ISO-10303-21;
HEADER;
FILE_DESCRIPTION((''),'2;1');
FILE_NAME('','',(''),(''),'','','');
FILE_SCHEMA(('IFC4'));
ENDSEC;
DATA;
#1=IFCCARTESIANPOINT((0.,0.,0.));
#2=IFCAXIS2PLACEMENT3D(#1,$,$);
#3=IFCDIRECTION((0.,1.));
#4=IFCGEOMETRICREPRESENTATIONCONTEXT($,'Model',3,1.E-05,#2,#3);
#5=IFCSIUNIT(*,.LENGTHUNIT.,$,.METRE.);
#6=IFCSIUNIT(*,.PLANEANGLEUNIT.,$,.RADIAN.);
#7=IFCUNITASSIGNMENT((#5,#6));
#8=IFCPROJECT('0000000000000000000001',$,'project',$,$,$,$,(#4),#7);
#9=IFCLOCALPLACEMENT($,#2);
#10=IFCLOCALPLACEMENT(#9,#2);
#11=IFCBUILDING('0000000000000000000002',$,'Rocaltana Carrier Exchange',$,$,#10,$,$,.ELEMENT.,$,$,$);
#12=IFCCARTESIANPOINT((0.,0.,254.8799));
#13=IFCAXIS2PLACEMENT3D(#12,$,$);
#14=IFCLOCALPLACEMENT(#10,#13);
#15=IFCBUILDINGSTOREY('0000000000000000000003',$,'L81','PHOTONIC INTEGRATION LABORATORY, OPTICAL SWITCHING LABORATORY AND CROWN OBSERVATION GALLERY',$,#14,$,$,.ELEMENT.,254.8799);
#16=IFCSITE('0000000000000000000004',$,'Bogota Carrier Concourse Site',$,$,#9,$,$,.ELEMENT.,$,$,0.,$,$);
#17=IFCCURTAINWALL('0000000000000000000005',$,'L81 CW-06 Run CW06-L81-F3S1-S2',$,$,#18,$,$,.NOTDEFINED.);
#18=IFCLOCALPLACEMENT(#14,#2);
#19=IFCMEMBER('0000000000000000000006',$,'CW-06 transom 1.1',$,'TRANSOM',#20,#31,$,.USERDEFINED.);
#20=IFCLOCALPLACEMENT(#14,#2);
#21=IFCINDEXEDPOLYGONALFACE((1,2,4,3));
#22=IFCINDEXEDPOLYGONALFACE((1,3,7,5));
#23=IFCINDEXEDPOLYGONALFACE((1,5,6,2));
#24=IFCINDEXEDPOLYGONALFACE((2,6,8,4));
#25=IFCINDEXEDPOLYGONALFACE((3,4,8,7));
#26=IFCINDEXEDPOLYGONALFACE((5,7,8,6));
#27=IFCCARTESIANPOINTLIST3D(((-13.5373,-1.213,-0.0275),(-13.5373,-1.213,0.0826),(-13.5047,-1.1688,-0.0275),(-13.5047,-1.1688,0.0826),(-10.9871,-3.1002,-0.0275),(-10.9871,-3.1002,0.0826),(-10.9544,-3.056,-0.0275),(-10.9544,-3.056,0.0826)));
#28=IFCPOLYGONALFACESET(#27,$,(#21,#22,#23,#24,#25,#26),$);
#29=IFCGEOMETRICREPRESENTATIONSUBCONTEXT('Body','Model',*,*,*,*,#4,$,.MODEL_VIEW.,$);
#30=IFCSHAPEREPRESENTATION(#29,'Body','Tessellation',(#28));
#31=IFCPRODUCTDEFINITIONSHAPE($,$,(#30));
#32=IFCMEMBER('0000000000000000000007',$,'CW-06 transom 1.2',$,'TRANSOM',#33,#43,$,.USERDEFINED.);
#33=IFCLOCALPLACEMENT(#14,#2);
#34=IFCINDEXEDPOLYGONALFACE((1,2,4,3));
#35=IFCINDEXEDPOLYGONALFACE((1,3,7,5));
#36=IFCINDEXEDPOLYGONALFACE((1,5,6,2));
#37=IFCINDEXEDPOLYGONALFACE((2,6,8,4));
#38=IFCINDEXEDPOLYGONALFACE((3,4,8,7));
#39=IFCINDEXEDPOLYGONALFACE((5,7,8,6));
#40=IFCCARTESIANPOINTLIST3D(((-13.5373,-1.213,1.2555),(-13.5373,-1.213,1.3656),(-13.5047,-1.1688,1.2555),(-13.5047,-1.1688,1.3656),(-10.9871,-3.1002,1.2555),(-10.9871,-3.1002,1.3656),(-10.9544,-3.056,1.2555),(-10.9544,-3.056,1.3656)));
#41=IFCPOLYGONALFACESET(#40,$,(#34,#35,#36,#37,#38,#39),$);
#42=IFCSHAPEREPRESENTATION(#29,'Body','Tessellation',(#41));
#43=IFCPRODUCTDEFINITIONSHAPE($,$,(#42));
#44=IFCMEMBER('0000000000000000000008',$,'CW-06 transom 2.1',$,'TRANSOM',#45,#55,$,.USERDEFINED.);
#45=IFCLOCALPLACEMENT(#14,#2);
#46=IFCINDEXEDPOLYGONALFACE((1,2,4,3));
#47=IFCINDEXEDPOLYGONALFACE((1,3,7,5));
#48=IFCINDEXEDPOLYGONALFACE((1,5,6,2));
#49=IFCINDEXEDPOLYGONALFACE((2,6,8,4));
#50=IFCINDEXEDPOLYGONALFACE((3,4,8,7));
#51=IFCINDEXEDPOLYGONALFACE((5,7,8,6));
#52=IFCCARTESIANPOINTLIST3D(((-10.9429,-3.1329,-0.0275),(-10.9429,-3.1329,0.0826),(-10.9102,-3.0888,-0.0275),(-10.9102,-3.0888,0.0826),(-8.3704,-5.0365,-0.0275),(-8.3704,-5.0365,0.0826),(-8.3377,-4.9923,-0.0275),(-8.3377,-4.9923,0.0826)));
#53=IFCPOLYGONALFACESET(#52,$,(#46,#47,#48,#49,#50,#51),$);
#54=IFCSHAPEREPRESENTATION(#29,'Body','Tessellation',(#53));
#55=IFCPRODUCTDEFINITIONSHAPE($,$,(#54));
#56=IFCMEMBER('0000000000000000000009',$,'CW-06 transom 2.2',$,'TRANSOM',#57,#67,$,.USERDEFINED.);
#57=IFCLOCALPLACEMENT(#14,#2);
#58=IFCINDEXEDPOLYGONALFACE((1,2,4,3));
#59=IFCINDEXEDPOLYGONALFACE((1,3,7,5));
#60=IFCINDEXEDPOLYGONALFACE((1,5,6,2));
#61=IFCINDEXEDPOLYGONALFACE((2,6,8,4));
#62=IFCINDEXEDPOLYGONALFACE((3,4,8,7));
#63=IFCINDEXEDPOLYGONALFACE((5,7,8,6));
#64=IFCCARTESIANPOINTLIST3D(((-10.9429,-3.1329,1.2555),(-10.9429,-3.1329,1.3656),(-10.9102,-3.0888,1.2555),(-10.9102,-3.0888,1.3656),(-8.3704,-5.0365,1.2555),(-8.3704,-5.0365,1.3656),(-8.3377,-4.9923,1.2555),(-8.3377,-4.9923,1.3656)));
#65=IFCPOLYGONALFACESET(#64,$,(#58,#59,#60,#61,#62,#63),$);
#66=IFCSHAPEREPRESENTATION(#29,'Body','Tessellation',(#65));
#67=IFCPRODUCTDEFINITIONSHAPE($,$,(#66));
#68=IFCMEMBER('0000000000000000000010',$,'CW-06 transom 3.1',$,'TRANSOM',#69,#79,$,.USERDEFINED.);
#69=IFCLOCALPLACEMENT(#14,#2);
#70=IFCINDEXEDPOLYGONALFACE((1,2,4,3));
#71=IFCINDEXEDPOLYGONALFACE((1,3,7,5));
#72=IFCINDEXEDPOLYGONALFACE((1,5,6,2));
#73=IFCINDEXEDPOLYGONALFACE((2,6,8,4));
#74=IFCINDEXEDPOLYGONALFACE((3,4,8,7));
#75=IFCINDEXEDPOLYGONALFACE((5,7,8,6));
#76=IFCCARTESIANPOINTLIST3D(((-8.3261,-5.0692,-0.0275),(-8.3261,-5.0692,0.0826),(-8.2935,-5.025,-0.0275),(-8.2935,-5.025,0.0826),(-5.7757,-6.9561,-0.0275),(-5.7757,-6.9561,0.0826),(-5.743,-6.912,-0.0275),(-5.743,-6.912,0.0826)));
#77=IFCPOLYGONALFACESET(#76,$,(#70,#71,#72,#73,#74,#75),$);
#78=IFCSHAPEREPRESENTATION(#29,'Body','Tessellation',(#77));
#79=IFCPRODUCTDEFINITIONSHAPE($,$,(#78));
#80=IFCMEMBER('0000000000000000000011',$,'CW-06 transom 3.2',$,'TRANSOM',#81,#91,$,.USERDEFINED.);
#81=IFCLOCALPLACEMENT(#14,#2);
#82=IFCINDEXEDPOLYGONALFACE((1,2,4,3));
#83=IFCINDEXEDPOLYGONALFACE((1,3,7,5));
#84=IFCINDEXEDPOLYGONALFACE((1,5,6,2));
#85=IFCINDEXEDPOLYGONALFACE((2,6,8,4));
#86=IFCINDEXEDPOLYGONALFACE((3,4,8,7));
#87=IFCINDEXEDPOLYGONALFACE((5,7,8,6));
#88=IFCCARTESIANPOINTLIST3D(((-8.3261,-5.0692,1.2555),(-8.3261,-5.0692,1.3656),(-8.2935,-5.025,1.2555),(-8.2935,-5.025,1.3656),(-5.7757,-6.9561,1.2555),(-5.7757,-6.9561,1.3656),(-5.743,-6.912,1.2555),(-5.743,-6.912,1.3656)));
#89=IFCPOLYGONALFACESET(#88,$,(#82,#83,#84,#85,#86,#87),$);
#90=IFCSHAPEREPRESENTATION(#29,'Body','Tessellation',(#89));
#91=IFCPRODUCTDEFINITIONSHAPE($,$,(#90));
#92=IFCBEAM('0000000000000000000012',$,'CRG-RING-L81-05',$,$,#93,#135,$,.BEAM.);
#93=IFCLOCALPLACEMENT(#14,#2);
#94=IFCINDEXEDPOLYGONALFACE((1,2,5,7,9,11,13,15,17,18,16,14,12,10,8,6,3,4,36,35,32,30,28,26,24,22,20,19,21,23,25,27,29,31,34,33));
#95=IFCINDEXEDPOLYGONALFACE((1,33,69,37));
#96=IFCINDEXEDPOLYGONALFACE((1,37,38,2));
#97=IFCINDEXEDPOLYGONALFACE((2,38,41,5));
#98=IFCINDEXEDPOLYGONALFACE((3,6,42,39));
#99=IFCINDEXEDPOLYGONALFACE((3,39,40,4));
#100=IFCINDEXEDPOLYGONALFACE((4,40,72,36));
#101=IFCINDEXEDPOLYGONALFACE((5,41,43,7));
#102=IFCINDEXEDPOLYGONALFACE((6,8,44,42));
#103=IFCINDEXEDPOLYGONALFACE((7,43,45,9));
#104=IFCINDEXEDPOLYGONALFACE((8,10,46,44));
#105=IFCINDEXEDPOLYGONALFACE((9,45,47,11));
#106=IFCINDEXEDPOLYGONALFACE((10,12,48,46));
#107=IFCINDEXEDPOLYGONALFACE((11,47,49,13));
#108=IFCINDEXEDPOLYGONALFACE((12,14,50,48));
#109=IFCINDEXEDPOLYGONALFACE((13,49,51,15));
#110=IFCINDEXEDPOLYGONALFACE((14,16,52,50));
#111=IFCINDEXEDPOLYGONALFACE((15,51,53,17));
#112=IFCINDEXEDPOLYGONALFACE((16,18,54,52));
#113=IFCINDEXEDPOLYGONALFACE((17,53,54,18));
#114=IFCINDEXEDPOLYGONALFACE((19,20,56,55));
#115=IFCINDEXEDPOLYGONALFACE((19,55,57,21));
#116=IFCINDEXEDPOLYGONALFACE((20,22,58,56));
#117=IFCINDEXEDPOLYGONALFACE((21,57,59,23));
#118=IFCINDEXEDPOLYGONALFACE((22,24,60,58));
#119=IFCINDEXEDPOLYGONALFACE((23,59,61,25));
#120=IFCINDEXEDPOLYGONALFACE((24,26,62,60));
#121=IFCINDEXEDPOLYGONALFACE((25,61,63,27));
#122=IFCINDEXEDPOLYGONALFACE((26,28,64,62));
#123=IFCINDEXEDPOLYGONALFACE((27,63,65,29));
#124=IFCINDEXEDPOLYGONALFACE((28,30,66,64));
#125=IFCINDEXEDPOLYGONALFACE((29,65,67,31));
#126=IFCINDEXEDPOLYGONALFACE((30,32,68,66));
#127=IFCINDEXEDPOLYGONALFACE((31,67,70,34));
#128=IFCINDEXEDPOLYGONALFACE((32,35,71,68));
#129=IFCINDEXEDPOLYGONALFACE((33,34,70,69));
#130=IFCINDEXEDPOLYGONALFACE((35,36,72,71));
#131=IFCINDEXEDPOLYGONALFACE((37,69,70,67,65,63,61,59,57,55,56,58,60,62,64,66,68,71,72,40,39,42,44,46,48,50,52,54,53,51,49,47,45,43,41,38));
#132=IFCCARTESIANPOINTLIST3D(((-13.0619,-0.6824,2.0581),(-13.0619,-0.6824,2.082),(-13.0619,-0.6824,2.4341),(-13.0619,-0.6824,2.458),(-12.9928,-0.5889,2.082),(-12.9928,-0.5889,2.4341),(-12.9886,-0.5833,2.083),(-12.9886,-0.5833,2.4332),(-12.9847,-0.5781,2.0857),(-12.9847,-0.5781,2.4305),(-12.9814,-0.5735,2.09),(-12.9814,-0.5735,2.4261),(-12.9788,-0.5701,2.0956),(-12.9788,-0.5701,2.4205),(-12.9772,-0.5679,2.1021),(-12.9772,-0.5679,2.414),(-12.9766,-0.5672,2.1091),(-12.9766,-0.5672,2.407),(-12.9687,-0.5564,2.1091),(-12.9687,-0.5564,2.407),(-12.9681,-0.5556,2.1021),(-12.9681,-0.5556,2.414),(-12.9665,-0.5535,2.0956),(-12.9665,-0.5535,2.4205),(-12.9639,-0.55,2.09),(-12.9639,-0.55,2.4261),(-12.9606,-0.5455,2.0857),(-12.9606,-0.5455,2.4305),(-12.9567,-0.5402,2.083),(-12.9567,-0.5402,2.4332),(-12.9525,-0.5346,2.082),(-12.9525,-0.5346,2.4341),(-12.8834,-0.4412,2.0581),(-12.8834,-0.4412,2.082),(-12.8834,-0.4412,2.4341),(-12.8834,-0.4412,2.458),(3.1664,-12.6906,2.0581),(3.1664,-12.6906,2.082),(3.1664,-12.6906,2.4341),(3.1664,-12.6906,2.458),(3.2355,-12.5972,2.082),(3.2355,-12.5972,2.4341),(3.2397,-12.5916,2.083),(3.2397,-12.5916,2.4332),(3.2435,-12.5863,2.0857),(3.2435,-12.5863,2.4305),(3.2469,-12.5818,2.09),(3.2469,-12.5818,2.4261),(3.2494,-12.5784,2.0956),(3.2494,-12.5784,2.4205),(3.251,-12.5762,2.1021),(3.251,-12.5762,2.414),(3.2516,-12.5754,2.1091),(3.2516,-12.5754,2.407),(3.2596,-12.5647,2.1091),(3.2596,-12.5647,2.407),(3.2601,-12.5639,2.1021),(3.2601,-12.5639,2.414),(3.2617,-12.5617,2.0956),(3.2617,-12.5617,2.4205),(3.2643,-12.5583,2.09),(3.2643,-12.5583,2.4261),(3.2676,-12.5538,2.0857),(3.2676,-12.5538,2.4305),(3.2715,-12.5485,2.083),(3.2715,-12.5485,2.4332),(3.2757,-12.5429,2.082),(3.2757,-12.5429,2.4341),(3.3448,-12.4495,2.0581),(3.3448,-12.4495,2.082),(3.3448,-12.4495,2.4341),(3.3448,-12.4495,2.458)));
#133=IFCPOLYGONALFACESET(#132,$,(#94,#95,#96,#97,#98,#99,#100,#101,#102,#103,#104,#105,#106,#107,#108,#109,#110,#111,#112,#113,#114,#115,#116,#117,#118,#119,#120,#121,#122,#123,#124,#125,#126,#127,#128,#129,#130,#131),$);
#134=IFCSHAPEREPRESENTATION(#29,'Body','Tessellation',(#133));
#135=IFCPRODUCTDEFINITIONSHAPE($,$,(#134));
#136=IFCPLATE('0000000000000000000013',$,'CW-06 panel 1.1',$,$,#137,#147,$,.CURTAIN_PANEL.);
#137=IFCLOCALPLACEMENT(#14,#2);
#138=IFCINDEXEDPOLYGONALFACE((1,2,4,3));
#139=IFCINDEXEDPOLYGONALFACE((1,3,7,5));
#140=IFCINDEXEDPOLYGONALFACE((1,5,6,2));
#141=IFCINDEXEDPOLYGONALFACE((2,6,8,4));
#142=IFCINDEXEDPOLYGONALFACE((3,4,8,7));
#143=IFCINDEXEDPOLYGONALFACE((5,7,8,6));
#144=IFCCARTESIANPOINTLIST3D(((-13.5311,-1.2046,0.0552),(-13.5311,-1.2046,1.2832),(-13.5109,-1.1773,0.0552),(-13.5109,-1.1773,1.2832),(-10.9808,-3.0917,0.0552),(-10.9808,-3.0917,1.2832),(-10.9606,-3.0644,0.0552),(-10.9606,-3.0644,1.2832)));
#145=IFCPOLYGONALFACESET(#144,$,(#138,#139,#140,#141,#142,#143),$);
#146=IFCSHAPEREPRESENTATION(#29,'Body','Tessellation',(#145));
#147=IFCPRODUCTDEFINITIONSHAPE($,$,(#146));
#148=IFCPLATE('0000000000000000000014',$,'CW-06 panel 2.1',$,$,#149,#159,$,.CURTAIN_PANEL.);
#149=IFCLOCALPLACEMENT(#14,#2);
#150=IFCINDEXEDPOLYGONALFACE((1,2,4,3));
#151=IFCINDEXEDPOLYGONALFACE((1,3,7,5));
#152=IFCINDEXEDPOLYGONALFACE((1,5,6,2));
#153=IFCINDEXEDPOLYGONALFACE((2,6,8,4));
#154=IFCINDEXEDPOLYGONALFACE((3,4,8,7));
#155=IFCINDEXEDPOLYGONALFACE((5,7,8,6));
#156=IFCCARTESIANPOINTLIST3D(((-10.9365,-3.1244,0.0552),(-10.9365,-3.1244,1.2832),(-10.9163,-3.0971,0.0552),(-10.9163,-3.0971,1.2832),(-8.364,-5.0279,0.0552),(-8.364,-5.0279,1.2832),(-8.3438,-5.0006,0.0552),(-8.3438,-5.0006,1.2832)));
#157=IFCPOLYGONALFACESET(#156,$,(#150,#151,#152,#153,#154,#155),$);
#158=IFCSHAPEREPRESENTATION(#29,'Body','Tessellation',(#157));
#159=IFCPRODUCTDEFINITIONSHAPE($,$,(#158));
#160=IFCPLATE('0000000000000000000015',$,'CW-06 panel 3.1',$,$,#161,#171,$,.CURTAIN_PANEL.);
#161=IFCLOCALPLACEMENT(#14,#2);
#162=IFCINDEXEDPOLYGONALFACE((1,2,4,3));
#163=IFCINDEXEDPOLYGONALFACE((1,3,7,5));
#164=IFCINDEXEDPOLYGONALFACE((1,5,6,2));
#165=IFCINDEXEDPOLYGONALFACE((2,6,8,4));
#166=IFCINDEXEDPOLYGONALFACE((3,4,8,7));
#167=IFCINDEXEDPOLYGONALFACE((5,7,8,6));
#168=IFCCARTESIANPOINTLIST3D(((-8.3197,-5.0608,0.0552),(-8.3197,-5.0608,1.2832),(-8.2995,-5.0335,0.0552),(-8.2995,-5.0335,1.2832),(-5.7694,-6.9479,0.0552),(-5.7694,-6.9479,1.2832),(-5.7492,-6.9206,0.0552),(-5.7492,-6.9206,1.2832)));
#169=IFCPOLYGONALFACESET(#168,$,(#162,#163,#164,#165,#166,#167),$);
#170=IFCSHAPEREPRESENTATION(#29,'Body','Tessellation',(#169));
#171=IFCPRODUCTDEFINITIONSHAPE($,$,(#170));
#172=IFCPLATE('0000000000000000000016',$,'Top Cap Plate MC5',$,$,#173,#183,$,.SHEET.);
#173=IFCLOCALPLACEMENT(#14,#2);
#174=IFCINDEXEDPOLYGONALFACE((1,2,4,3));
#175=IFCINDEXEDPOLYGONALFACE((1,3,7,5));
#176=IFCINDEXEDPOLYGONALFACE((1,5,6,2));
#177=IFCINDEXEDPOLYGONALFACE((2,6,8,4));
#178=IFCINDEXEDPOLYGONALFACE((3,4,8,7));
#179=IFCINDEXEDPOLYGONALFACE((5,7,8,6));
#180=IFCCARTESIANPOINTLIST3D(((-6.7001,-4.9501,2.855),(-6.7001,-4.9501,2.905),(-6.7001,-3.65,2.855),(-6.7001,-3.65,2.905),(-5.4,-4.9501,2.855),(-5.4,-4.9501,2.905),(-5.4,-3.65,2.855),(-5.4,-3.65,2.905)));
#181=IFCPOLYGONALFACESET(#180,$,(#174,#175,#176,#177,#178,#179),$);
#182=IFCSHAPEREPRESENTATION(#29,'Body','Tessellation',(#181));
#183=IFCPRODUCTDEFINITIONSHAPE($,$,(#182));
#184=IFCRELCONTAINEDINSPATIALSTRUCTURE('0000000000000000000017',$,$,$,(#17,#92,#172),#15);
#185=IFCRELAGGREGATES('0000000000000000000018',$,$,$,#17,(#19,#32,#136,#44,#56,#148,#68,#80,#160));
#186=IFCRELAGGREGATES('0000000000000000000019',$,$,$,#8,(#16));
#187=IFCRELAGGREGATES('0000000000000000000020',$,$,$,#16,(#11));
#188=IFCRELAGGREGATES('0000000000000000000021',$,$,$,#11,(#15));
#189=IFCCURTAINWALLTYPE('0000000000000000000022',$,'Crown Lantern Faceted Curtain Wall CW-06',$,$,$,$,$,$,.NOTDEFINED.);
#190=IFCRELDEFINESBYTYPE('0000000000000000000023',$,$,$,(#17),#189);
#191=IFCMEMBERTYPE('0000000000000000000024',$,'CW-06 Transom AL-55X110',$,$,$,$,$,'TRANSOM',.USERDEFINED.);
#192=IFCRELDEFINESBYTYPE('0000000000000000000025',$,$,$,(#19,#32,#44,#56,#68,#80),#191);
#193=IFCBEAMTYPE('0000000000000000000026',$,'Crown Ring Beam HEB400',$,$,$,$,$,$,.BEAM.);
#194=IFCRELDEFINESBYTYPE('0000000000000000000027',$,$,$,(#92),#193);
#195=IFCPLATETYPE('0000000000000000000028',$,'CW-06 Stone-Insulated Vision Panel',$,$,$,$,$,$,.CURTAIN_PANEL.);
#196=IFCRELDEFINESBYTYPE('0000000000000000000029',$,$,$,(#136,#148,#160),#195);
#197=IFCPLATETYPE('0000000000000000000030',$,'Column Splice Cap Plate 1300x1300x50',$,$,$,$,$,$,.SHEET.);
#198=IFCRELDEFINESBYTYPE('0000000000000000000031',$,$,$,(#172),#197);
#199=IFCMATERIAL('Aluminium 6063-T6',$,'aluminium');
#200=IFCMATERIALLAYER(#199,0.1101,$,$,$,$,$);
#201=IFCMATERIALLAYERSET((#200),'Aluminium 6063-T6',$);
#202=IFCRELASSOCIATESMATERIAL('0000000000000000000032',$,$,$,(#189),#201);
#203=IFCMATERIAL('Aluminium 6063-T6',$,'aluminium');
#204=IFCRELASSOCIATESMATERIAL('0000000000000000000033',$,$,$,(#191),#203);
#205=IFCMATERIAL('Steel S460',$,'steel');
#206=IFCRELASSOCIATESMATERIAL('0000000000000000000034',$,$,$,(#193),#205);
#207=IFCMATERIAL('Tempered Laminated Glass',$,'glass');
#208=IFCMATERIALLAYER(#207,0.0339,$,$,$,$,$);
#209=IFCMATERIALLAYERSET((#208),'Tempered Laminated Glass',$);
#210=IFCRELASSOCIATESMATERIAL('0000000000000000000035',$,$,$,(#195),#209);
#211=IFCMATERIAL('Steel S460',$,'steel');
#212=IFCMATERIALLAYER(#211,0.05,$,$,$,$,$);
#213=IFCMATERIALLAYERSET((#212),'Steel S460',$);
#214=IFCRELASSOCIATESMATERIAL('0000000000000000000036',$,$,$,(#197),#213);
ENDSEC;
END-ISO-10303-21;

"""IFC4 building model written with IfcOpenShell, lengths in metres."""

from ifc_helpers import new_model, si_unit, direction, frame, origin, origin_2d, place, context, subcontext, project, spatial, rectangle, i_section, extrude, material, layer, layer_set, material_profile, profile_set, type_object, element, aggregate, save


model = new_model("IFC4")

# Units and contexts
model_context = context("Model", 3, precision=1e-05, world=origin(), true_north=direction((0.0, 1.0)))
body_context = subcontext(model_context, "Body", "Model", "MODEL_VIEW")
ifc_project = project(units=[si_unit("LENGTHUNIT", "METRE"), si_unit("PLANEANGLEUNIT", "RADIAN")], contexts=[model_context])

# Site, building, storey
site_placement = place(None, origin())
site = spatial("IfcSite", under=ifc_project, at=site_placement, Name="Bogota Carrier Concourse Site", CompositionType="ELEMENT", RefElevation=0.0)
building_placement = place(site_placement, origin())
building = spatial("IfcBuilding", under=site, at=building_placement, Name="Rocaltana Carrier Exchange", CompositionType="ELEMENT")
storey_placement = place(building_placement, frame((0.0, 0.0, 254.8799)))
storey = spatial("IfcBuildingStorey", under=building, at=storey_placement, Name="L81", Description="PHOTONIC INTEGRATION LABORATORY, OPTICAL SWITCHING LABORATORY AND CROWN OBSERVATION GALLERY", CompositionType="ELEMENT", Elevation=254.8799)

# Shared definitions
ifc_material_1 = material(Name="Aluminium 6063-T6", Category="aluminium")
ifc_layer_1 = layer(ifc_material_1, 0.1101)
ifc_layer_set_1 = layer_set([ifc_layer_1], Name="Aluminium 6063-T6")
curtain_wall_type = type_object("IfcCurtainWallType", Name="Crown Lantern Faceted Curtain Wall CW-06", PredefinedType="NOTDEFINED", material=ifc_layer_set_1)

# Curtain wall, members
curtain_wall_1_placement = place(storey_placement, origin())
curtain_wall_1 = element("IfcCurtainWall", 1, at=curtain_wall_1_placement, inside=storey, type_object=curtain_wall_type, Name="L81 CW-06 Run CW06-L81-F3S1-S2", PredefinedType="NOTDEFINED")
ifc_material_2 = material(Name="Aluminium 6063-T6", Category="aluminium")
ifc_material_profile_1 = material_profile(ifc_material_2, rectangle(XDim=0.0549, YDim=0.1101, at=origin_2d()), Name="AL-55X110")
ifc_profile_set_1 = profile_set([ifc_material_profile_1], Name="Aluminium 6063-T6")
member_type_1 = type_object("IfcMemberType", Name="CW-06 Transom AL-55X110", ElementType="TRANSOM", PredefinedType="USERDEFINED", material=ifc_profile_set_1)
member_1_placement = place(storey_placement, frame((-13.521, -1.1909, 0.0276), z_axis=(0.803843, -0.594841, 0.0), x_axis=(0.594841, 0.803843, 0.0)))
member_1 = element("IfcMember", 2, at=member_1_placement, type_object=member_type_1, Name="CW-06 transom 1.1", ObjectType="TRANSOM", PredefinedType="USERDEFINED", context=body_context, shape_type="SweptSolid", body=[
    extrude(rectangle(XDim=0.0549, YDim=0.1101, at=origin_2d()), origin(), (0.0, 0.0, 1.0), 3.1726),
])
member_2_placement = place(storey_placement, frame((-13.521, -1.1909, 1.3105), z_axis=(0.803843, -0.594841, 0.0), x_axis=(0.594841, 0.803843, 0.0)))
member_2 = element("IfcMember", 3, at=member_2_placement, type_object=member_type_1, Name="CW-06 transom 1.2", ObjectType="TRANSOM", PredefinedType="USERDEFINED", context=body_context, shape_type="SweptSolid", body=[
    extrude(rectangle(XDim=0.0549, YDim=0.1101, at=origin_2d()), origin(), (0.0, 0.0, 1.0), 3.1726),
])
member_3_placement = place(storey_placement, frame((-10.9265, -3.1108, 0.0276), z_axis=(0.803856, -0.594824, 0.0), x_axis=(0.594824, 0.803856, 0.0)))
member_3 = element("IfcMember", 4, at=member_3_placement, type_object=member_type_1, Name="CW-06 transom 2.1", ObjectType="TRANSOM", PredefinedType="USERDEFINED", context=body_context, shape_type="SweptSolid", body=[
    extrude(rectangle(XDim=0.0549, YDim=0.1101, at=origin_2d()), origin(), (0.0, 0.0, 1.0), 3.2002),
])
member_4_placement = place(storey_placement, frame((-10.9265, -3.1108, 1.3105), z_axis=(0.803856, -0.594824, 0.0), x_axis=(0.594824, 0.803856, 0.0)))
member_4 = element("IfcMember", 5, at=member_4_placement, type_object=member_type_1, Name="CW-06 transom 2.2", ObjectType="TRANSOM", PredefinedType="USERDEFINED", context=body_context, shape_type="SweptSolid", body=[
    extrude(rectangle(XDim=0.0549, YDim=0.1101, at=origin_2d()), origin(), (0.0, 0.0, 1.0), 3.2002),
])
member_5_placement = place(storey_placement, frame((-8.3098, -5.0471, 0.0276), z_axis=(0.803907, -0.594754, 0.0), x_axis=(0.594754, 0.803907, 0.0)))
member_5 = element("IfcMember", 6, at=member_5_placement, type_object=member_type_1, Name="CW-06 transom 3.1", ObjectType="TRANSOM", PredefinedType="USERDEFINED", context=body_context, shape_type="SweptSolid", body=[
    extrude(rectangle(XDim=0.0549, YDim=0.1101, at=origin_2d()), origin(), (0.0, 0.0, 1.0), 3.1726),
])
member_6_placement = place(storey_placement, frame((-8.3098, -5.0471, 1.3105), z_axis=(0.803907, -0.594754, 0.0), x_axis=(0.594754, 0.803907, 0.0)))
member_6 = element("IfcMember", 7, at=member_6_placement, type_object=member_type_1, Name="CW-06 transom 3.2", ObjectType="TRANSOM", PredefinedType="USERDEFINED", context=body_context, shape_type="SweptSolid", body=[
    extrude(rectangle(XDim=0.0549, YDim=0.1101, at=origin_2d()), origin(), (0.0, 0.0, 1.0), 3.1726),
])

# Beam
ifc_material_3 = material(Name="Steel S460", Category="steel")
ifc_material_profile_2 = material_profile(ifc_material_3, i_section(OverallWidth=0.3, OverallDepth=0.3999, WebThickness=0.0134, FlangeThickness=0.0239, FilletRadius=0.0271, at=origin_2d()), Name="HEB400")
ifc_profile_set_2 = profile_set([ifc_material_profile_2], Name="Steel S460")
beam_type = type_object("IfcBeamType", Name="Crown Ring Beam HEB400", PredefinedType="BEAM", material=ifc_profile_set_2)
beam_placement = place(storey_placement, frame((-12.9727, -0.5618, 2.2581), z_axis=(0.803857, -0.594823, 0.0), x_axis=(0.594823, 0.803857, 0.0)))
element("IfcBeam", 8, at=beam_placement, inside=storey, type_object=beam_type, Name="CRG-RING-L81-05", PredefinedType="BEAM", context=body_context, shape_type="SweptSolid", body=[
    extrude(i_section(OverallWidth=0.3, OverallDepth=0.3999, WebThickness=0.0134, FlangeThickness=0.0239, FilletRadius=0.0271, at=origin_2d()), origin(), (0.0, 0.0, 1.0), 20.188),
])

# Plates
ifc_material_4 = material(Name="Tempered Laminated Glass", Category="glass")
ifc_layer_2 = layer(ifc_material_4, 0.0339)
ifc_layer_set_2 = layer_set([ifc_layer_2], Name="Tempered Laminated Glass")
plate_type_1 = type_object("IfcPlateType", Name="CW-06 Stone-Insulated Vision Panel", PredefinedType="CURTAIN_PANEL", material=ifc_layer_set_2)
plate_1_placement = place(storey_placement, frame((-12.2458, -2.1345, 0.0552), z_axis=(0.0, 0.0, 1.0), x_axis=(0.80386, -0.594818, 0.0)))
plate_1 = element("IfcPlate", 9, at=plate_1_placement, type_object=plate_type_1, Name="CW-06 panel 1.1", PredefinedType="CURTAIN_PANEL", context=body_context, shape_type="SweptSolid", body=[
    extrude(rectangle(XDim=3.1726, YDim=0.0339, at=origin_2d()), origin(), (0.0, 0.0, 1.0), 1.228),
])
plate_2_placement = place(storey_placement, frame((-9.6401, -4.0625, 0.0552), z_axis=(0.0, 0.0, 1.0), x_axis=(0.80386, -0.594818, 0.0)))
plate_2 = element("IfcPlate", 10, at=plate_2_placement, type_object=plate_type_1, Name="CW-06 panel 2.1", PredefinedType="CURTAIN_PANEL", context=body_context, shape_type="SweptSolid", body=[
    extrude(rectangle(XDim=3.2002, YDim=0.0339, at=origin_2d()), origin(), (0.0, 0.0, 1.0), 1.228),
])
plate_3_placement = place(storey_placement, frame((-7.0344, -5.9907, 0.0552), z_axis=(0.0, 0.0, 1.0), x_axis=(0.80386, -0.594818, 0.0)))
plate_3 = element("IfcPlate", 11, at=plate_3_placement, type_object=plate_type_1, Name="CW-06 panel 3.1", PredefinedType="CURTAIN_PANEL", context=body_context, shape_type="SweptSolid", body=[
    extrude(rectangle(XDim=3.1726, YDim=0.0339, at=origin_2d()), origin(), (0.0, 0.0, 1.0), 1.228),
])
aggregate(curtain_wall_1, [member_1, member_2, plate_1, member_3, member_4, plate_2, member_5, member_6, plate_3])
ifc_material_5 = material(Name="Steel S460", Category="steel")
ifc_layer_3 = layer(ifc_material_5, 0.05)
ifc_layer_set_3 = layer_set([ifc_layer_3], Name="Steel S460")
plate_type_2 = type_object("IfcPlateType", Name="Column Splice Cap Plate 1300x1300x50", PredefinedType="SHEET", material=ifc_layer_set_3)
plate_4_placement = place(storey_placement, frame((-6.05, -4.3, 2.855), z_axis=(0.0, 0.0, 1.0), x_axis=(1.0, 0.0, 0.0)))
element("IfcPlate", 12, at=plate_4_placement, inside=storey, type_object=plate_type_2, Name="Top Cap Plate MC5", PredefinedType="SHEET", context=body_context, shape_type="SweptSolid", body=[
    extrude(rectangle(XDim=1.3, YDim=1.3, at=origin_2d()), origin(), (0.0, 0.0, 1.0), 0.05),
])

save(model, "model.ifc")
